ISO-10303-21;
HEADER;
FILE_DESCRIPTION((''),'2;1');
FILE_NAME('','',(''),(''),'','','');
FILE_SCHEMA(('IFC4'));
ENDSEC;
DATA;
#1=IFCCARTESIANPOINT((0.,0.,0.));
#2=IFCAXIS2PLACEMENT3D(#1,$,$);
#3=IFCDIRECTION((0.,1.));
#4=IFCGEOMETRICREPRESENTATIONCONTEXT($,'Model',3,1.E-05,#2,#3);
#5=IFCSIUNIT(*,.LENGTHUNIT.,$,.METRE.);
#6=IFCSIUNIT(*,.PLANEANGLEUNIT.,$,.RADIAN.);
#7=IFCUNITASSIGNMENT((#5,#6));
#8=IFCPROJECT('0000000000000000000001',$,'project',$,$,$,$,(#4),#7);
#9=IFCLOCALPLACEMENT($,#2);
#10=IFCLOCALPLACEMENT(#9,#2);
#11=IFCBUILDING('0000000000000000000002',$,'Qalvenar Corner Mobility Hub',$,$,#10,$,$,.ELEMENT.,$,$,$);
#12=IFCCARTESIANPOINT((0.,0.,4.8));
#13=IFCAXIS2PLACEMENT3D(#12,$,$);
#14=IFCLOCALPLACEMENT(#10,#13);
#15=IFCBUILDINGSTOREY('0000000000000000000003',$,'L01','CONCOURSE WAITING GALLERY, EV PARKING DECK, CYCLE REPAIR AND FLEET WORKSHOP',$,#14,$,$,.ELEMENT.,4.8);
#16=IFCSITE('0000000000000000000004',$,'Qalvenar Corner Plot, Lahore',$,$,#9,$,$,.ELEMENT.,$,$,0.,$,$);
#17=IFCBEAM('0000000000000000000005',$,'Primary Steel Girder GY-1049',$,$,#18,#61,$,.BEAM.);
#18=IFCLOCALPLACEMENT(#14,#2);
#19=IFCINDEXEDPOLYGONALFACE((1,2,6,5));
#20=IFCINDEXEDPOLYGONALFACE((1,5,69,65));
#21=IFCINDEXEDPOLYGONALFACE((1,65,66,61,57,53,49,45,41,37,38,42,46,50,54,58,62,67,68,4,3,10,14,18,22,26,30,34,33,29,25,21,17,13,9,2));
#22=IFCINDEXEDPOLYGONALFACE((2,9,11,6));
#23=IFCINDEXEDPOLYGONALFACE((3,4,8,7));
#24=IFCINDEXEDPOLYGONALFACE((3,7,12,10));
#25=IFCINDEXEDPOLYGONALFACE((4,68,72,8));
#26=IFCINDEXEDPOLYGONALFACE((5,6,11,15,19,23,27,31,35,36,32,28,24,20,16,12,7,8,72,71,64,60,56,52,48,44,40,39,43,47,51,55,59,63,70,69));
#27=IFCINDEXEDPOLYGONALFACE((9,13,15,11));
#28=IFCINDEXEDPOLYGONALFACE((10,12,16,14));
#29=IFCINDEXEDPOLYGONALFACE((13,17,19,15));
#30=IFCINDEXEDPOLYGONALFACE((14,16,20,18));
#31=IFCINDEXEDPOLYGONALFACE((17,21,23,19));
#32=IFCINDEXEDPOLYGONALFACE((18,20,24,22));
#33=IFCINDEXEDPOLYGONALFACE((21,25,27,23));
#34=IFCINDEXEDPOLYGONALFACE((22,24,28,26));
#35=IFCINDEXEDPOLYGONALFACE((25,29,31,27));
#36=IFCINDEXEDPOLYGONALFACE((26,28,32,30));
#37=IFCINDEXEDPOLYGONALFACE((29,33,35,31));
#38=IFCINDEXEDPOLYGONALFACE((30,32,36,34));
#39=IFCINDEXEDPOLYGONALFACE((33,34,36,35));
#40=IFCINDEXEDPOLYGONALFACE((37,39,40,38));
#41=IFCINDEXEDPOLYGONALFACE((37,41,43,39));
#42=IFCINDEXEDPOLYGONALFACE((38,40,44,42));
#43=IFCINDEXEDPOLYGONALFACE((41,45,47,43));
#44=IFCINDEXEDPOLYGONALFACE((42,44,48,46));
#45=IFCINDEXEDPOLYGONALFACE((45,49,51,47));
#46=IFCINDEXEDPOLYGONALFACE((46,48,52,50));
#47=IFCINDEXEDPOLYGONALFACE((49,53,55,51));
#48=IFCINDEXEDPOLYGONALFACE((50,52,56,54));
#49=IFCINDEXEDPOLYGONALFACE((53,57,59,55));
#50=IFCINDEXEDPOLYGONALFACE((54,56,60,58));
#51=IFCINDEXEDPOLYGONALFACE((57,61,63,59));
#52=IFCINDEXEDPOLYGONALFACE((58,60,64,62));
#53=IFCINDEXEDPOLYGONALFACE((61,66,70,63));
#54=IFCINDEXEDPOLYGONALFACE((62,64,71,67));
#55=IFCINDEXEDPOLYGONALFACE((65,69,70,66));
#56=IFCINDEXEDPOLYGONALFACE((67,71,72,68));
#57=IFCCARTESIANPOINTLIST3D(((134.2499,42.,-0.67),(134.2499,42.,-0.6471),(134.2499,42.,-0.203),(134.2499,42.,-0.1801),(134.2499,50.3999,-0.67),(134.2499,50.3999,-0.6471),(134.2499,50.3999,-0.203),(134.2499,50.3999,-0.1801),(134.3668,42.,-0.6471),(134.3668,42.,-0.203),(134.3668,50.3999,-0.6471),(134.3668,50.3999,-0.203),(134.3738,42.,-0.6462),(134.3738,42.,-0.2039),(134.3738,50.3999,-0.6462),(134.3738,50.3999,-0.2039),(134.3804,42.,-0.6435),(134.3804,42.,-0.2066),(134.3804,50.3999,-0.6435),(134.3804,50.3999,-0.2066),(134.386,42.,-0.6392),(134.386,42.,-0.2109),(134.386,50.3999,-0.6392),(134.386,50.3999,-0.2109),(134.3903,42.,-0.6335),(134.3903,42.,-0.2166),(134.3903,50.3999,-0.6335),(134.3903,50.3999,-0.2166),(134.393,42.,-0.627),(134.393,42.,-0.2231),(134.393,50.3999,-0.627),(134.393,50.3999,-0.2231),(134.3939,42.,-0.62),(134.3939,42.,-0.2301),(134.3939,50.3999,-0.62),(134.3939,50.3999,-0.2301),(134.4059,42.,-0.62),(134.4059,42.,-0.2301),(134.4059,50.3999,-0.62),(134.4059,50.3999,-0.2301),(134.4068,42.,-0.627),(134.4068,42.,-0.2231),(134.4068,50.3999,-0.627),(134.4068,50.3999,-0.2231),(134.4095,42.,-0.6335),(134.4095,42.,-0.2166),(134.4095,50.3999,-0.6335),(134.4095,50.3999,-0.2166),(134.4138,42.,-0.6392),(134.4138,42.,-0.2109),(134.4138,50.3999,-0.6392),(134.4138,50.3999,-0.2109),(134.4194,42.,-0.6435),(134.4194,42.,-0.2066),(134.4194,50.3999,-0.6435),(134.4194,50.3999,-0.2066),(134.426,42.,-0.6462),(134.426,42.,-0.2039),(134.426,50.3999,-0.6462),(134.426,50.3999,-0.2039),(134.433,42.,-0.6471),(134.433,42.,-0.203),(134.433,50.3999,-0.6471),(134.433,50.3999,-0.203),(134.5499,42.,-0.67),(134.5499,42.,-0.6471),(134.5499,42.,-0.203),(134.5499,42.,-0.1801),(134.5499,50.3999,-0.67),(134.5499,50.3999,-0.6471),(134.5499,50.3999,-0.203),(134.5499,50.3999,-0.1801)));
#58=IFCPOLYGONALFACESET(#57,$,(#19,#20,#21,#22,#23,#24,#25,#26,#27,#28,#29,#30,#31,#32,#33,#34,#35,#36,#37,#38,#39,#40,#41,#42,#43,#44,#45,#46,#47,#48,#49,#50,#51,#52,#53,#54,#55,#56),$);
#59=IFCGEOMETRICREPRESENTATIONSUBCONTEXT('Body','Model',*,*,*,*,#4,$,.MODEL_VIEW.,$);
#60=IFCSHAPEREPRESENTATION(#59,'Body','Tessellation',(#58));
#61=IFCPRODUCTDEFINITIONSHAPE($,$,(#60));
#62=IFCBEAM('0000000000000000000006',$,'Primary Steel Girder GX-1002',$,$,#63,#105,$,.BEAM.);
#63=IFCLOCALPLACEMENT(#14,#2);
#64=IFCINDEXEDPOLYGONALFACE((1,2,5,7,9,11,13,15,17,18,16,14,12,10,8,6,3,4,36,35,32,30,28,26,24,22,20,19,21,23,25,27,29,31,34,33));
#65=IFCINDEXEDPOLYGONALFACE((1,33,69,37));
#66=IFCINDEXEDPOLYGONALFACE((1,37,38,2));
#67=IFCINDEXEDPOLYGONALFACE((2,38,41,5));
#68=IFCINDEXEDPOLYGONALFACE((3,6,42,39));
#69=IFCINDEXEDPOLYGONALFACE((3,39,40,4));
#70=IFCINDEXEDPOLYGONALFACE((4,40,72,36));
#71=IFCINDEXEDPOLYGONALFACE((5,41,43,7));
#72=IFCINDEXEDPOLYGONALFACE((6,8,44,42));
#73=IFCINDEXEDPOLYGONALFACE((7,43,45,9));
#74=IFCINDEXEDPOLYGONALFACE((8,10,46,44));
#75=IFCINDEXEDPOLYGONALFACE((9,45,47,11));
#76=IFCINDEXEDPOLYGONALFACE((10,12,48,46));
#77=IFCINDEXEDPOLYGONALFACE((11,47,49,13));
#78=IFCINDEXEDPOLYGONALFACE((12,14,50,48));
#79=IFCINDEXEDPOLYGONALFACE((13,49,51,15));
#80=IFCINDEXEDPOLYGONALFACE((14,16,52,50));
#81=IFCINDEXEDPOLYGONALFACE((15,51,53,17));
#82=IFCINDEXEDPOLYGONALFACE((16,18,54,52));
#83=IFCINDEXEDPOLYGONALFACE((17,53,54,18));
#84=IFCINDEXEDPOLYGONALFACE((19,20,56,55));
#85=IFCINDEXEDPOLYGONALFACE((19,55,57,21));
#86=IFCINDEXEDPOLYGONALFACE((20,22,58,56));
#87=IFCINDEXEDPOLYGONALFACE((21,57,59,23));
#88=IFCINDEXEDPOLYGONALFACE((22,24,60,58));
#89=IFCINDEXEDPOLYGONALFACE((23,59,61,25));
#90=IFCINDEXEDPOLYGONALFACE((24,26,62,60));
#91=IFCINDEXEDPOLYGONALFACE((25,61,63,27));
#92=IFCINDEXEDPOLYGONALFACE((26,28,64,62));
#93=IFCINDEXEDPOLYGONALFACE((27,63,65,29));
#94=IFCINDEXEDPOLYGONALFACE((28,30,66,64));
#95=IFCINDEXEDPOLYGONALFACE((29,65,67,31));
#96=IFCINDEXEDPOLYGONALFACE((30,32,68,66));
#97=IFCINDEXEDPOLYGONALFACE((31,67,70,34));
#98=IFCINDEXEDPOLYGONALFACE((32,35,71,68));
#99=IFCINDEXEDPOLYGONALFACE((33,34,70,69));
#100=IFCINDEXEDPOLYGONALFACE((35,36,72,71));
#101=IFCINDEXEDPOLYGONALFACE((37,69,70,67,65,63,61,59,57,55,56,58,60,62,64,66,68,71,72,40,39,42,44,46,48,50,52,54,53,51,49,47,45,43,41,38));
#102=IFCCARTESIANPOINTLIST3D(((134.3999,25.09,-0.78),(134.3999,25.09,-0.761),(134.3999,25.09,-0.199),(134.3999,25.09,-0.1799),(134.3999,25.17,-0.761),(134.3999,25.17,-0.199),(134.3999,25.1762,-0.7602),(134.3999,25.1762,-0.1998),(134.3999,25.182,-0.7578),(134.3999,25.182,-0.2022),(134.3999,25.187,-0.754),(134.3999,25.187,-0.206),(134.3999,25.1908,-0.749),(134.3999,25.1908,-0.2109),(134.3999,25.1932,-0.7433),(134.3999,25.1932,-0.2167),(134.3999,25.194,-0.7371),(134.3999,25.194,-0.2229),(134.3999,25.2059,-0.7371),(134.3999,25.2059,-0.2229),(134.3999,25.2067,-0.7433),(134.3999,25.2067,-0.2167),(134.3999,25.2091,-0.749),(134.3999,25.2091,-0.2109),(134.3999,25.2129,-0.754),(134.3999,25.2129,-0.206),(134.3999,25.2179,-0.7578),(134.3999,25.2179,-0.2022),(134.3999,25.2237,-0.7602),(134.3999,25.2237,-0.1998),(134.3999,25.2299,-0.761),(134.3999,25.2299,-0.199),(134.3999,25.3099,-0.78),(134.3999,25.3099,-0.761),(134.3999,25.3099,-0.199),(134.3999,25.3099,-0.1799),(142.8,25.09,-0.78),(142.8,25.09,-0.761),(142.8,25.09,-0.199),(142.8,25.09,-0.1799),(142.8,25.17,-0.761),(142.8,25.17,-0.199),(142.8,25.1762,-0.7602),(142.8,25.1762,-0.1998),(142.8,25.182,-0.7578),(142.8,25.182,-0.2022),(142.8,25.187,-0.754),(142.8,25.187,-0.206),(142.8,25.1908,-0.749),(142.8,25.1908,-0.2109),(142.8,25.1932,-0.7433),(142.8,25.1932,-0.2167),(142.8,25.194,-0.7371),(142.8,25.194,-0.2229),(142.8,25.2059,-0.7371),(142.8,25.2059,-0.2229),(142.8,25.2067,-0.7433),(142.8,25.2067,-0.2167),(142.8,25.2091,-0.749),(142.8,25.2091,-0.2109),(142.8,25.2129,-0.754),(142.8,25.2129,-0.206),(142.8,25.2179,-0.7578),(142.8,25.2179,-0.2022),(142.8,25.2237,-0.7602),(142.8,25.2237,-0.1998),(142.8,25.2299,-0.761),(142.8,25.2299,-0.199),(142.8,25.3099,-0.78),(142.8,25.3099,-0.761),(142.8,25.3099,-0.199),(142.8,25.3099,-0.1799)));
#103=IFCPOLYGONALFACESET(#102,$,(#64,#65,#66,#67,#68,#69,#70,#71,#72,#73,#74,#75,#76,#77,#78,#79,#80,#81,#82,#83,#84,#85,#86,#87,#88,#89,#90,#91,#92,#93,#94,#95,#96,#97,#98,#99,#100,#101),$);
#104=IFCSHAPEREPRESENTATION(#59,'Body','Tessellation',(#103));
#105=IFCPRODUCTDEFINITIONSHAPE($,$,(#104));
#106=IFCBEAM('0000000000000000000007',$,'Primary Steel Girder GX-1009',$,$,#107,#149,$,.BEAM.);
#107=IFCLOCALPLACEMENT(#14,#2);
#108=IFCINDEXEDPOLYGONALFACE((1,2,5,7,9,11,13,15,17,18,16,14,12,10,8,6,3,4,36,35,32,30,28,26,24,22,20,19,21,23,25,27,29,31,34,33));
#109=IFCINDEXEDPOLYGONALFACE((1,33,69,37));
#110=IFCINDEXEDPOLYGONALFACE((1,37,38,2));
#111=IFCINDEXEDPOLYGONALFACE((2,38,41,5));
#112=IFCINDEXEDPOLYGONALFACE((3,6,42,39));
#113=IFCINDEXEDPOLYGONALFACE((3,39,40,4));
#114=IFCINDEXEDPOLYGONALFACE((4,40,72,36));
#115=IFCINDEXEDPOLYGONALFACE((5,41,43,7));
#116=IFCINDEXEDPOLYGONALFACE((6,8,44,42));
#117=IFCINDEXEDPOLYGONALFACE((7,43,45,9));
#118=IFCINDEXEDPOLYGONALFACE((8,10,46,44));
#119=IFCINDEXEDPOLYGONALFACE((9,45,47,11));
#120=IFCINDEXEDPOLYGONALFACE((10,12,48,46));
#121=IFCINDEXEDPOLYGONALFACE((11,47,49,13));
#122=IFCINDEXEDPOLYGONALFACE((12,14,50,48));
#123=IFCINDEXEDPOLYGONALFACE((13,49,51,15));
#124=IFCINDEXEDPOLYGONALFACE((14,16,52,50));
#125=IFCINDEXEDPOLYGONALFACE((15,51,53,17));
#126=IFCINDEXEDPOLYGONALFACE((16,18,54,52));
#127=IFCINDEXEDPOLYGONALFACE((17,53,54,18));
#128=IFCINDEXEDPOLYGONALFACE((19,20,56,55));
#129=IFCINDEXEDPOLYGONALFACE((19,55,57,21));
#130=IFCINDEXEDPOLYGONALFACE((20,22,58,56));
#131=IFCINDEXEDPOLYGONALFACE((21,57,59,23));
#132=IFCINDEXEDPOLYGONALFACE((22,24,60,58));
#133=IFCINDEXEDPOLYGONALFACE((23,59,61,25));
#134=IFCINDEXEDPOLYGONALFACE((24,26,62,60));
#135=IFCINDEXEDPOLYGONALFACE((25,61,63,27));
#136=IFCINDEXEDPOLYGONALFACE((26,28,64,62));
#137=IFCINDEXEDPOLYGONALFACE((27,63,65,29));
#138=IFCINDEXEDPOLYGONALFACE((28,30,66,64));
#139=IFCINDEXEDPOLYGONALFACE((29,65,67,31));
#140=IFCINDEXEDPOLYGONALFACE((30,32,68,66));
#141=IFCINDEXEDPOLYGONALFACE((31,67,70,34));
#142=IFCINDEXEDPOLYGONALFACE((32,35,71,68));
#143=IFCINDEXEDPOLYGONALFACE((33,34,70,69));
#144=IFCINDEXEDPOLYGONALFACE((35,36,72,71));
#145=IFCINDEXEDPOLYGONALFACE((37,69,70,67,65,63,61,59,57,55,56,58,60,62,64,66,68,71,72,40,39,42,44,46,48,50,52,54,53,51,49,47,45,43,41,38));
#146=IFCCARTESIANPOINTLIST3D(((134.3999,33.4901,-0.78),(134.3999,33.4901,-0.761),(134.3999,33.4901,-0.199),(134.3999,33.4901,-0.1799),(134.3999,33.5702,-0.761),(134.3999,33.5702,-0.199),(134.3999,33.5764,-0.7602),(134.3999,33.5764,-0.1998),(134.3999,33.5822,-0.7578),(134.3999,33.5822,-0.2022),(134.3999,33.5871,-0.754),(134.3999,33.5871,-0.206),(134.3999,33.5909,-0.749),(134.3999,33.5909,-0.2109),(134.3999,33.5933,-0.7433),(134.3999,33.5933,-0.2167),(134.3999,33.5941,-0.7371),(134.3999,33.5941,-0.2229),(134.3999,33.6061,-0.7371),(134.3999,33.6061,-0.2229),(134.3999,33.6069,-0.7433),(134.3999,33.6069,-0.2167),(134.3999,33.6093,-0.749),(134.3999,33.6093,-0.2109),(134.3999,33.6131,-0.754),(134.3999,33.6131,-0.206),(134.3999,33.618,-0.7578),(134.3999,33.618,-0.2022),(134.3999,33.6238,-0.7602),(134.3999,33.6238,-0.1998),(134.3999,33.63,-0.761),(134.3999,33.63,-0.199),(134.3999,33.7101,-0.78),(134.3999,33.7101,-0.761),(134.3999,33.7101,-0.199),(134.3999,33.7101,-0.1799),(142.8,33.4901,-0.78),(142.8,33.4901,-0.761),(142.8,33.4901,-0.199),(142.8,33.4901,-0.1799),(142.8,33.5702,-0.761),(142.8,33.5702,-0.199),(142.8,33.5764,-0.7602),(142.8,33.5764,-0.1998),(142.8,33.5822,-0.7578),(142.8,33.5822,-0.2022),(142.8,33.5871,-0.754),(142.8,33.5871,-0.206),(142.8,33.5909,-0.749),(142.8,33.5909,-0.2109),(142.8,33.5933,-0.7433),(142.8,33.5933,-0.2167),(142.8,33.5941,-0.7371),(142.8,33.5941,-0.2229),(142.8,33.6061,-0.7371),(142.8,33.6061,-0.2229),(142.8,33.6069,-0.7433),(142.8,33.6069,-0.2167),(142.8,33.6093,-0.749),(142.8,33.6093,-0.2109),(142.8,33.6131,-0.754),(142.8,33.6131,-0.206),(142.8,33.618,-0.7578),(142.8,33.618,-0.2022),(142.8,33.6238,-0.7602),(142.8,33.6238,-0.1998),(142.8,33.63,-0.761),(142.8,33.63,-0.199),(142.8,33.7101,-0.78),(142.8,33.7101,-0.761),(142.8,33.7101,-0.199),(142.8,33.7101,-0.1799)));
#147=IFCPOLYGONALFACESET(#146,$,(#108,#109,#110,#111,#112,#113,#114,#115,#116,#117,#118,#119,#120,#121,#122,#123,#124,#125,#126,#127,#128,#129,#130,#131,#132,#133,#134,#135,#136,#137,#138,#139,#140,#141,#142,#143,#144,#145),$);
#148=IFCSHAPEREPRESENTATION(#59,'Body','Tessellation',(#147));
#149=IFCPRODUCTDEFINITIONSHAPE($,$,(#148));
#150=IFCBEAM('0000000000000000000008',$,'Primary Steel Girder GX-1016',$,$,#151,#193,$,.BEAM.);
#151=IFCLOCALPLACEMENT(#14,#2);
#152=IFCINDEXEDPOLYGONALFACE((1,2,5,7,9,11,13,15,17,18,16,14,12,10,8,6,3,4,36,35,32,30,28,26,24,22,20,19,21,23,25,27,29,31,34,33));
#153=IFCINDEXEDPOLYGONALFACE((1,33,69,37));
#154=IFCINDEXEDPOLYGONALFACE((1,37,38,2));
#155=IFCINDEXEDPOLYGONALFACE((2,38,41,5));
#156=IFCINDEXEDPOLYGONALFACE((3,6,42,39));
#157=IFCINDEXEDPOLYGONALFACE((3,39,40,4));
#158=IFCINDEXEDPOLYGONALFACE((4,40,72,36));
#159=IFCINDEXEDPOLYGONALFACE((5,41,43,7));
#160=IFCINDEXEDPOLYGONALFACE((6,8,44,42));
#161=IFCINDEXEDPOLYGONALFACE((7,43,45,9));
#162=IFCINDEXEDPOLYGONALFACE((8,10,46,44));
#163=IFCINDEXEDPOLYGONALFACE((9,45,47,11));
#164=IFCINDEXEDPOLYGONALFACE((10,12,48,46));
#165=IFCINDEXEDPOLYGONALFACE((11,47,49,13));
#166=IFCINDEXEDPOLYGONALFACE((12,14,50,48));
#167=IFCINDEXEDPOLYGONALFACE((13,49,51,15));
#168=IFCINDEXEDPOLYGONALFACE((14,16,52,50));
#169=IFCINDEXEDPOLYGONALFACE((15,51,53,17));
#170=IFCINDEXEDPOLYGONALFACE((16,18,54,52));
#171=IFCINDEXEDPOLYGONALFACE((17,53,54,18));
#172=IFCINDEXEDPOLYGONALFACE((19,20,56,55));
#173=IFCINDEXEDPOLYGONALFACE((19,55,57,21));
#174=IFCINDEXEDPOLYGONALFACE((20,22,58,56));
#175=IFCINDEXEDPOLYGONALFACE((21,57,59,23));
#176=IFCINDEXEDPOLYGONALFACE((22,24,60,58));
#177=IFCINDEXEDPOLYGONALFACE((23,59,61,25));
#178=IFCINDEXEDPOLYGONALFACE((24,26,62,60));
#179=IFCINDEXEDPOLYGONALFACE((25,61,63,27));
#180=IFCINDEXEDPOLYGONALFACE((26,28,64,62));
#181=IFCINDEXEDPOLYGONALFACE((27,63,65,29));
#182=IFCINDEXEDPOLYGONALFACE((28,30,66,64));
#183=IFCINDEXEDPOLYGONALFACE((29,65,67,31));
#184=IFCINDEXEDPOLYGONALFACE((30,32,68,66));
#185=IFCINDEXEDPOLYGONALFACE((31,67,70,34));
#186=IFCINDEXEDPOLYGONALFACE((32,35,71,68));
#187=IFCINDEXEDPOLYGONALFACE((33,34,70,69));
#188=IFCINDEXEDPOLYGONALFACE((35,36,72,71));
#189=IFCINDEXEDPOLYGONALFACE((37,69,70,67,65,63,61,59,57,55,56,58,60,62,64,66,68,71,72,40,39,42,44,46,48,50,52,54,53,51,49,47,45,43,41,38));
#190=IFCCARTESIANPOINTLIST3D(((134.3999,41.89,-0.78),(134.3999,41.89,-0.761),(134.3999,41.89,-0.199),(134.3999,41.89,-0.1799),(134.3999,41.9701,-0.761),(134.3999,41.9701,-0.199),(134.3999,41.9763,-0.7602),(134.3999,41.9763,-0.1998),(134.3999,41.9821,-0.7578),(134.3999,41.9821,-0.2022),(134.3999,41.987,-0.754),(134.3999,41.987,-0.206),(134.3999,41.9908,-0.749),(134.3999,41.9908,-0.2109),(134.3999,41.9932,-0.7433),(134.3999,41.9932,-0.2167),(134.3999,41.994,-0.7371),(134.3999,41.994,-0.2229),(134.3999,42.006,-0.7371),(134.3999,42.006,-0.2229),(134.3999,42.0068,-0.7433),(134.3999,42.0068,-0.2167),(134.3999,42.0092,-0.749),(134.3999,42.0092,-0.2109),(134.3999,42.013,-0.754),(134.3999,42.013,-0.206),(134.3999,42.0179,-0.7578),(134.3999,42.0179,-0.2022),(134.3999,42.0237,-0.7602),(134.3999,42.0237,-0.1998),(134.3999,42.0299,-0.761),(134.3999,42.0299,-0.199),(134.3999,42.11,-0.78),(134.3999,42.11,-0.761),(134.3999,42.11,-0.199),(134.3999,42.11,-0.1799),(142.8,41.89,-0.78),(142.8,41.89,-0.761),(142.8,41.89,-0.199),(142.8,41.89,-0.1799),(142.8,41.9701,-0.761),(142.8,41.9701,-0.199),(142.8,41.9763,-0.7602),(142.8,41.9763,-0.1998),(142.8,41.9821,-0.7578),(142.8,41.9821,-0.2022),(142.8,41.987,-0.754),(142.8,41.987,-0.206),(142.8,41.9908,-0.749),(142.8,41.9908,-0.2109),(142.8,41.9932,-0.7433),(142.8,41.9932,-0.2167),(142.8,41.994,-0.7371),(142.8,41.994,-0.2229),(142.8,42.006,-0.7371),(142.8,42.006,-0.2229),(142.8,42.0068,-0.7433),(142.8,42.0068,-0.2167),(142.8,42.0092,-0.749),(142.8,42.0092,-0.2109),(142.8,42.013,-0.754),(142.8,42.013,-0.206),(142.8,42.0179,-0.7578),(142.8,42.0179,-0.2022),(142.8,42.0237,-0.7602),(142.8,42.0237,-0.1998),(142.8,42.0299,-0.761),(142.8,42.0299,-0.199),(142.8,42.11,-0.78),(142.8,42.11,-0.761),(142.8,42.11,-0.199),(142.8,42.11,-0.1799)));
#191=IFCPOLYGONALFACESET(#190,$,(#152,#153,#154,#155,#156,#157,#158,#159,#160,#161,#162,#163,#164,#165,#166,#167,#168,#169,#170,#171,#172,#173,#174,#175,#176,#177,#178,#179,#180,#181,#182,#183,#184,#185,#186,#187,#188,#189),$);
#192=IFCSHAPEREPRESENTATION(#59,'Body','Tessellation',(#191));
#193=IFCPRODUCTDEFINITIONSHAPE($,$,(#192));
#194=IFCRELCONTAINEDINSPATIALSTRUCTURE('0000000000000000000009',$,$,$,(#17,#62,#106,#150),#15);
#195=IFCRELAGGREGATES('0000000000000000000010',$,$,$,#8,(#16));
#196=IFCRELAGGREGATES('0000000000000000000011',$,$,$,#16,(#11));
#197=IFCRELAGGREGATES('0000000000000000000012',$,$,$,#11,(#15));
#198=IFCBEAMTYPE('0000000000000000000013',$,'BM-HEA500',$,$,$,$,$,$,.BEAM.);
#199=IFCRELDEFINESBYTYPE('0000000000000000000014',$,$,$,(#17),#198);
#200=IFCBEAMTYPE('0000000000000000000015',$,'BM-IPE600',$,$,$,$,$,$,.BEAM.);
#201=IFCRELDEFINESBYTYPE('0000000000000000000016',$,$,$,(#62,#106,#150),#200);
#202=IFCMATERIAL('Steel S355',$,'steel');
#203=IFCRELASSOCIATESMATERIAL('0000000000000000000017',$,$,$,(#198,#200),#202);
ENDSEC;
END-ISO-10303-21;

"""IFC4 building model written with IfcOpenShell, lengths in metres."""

from ifc_helpers import new_model, si_unit, direction, frame, origin, origin_2d, place, context, subcontext, project, spatial, i_section, extrude, material, material_profile, profile_set, type_object, element, save


model = new_model("IFC4")

# Units and contexts
model_context = context("Model", 3, precision=1e-05, world=origin(), true_north=direction((0.0, 1.0)))
body_context = subcontext(model_context, "Body", "Model", "MODEL_VIEW")
ifc_project = project(units=[si_unit("LENGTHUNIT", "METRE"), si_unit("PLANEANGLEUNIT", "RADIAN")], contexts=[model_context])

# Site, building, storey
site_placement = place(None, origin())
site = spatial("IfcSite", under=ifc_project, at=site_placement, Name="Qalvenar Corner Plot, Lahore", CompositionType="ELEMENT", RefElevation=0.0)
building_placement = place(site_placement, origin())
building = spatial("IfcBuilding", under=site, at=building_placement, Name="Qalvenar Corner Mobility Hub", CompositionType="ELEMENT")
storey_placement = place(building_placement, frame((0.0, 0.0, 4.8)))
storey = spatial("IfcBuildingStorey", under=building, at=storey_placement, Name="L01", Description="CONCOURSE WAITING GALLERY, EV PARKING DECK, CYCLE REPAIR AND FLEET WORKSHOP", CompositionType="ELEMENT", Elevation=4.8)

# Shared definitions
ifc_material_1 = material(Name="Steel S355", Category="steel")

# Beams
ifc_material_profile_1 = material_profile(ifc_material_1, i_section(OverallWidth=0.3, OverallDepth=0.49, WebThickness=0.012, FlangeThickness=0.0229, FilletRadius=0.0271, at=origin_2d()), Name="HEA500")
ifc_profile_set_1 = profile_set([ifc_material_profile_1], Name="Steel S355")
beam_type_1 = type_object("IfcBeamType", Name="BM-HEA500", PredefinedType="BEAM", material=ifc_profile_set_1)
for number, where, z_axis, x_axis, name in (
    (1, (134.3999, 42.0, -0.425), (0.0, 1.0, 0.0), (-1.0, 0.0, 0.0), "Primary Steel Girder GY-1049"),
):
    element("IfcBeam", number, at=place(storey_placement, frame(where, z_axis=z_axis, x_axis=x_axis)), inside=storey, type_object=beam_type_1, Name=name, PredefinedType="BEAM", context=body_context, shape_type="SweptSolid", body=[
        extrude(i_section(OverallWidth=0.3, OverallDepth=0.49, WebThickness=0.012, FlangeThickness=0.0229, FilletRadius=0.0271, at=origin_2d()), origin(), (0.0, 0.0, 1.0), 8.3999),
    ])
ifc_material_profile_2 = material_profile(ifc_material_1, i_section(OverallWidth=0.22, OverallDepth=0.6001, WebThickness=0.012, FlangeThickness=0.019, FilletRadius=0.0239, at=origin_2d()), Name="IPE600")
ifc_profile_set_2 = profile_set([ifc_material_profile_2], Name="Steel S355")
beam_type_2 = type_object("IfcBeamType", Name="BM-IPE600", PredefinedType="BEAM", material=ifc_profile_set_2)
for number, where, z_axis, x_axis, name in (
    (2, (134.3999, 25.2, -0.48), (1.0, 0.0, 0.0), (0.0, 1.0, 0.0), "Primary Steel Girder GX-1002"),
    (3, (134.3999, 33.6001, -0.48), (1.0, 0.0, 0.0), (0.0, 1.0, 0.0), "Primary Steel Girder GX-1009"),
    (4, (134.3999, 42.0, -0.48), (1.0, 0.0, 0.0), (0.0, 1.0, 0.0), "Primary Steel Girder GX-1016"),
):
    element("IfcBeam", number, at=place(storey_placement, frame(where, z_axis=z_axis, x_axis=x_axis)), inside=storey, type_object=beam_type_2, Name=name, PredefinedType="BEAM", context=body_context, shape_type="SweptSolid", body=[
        extrude(i_section(OverallWidth=0.22, OverallDepth=0.6001, WebThickness=0.012, FlangeThickness=0.019, FilletRadius=0.0239, at=origin_2d()), origin(), (0.0, 0.0, 1.0), 8.4001),
    ])

save(model, "model.ifc")
